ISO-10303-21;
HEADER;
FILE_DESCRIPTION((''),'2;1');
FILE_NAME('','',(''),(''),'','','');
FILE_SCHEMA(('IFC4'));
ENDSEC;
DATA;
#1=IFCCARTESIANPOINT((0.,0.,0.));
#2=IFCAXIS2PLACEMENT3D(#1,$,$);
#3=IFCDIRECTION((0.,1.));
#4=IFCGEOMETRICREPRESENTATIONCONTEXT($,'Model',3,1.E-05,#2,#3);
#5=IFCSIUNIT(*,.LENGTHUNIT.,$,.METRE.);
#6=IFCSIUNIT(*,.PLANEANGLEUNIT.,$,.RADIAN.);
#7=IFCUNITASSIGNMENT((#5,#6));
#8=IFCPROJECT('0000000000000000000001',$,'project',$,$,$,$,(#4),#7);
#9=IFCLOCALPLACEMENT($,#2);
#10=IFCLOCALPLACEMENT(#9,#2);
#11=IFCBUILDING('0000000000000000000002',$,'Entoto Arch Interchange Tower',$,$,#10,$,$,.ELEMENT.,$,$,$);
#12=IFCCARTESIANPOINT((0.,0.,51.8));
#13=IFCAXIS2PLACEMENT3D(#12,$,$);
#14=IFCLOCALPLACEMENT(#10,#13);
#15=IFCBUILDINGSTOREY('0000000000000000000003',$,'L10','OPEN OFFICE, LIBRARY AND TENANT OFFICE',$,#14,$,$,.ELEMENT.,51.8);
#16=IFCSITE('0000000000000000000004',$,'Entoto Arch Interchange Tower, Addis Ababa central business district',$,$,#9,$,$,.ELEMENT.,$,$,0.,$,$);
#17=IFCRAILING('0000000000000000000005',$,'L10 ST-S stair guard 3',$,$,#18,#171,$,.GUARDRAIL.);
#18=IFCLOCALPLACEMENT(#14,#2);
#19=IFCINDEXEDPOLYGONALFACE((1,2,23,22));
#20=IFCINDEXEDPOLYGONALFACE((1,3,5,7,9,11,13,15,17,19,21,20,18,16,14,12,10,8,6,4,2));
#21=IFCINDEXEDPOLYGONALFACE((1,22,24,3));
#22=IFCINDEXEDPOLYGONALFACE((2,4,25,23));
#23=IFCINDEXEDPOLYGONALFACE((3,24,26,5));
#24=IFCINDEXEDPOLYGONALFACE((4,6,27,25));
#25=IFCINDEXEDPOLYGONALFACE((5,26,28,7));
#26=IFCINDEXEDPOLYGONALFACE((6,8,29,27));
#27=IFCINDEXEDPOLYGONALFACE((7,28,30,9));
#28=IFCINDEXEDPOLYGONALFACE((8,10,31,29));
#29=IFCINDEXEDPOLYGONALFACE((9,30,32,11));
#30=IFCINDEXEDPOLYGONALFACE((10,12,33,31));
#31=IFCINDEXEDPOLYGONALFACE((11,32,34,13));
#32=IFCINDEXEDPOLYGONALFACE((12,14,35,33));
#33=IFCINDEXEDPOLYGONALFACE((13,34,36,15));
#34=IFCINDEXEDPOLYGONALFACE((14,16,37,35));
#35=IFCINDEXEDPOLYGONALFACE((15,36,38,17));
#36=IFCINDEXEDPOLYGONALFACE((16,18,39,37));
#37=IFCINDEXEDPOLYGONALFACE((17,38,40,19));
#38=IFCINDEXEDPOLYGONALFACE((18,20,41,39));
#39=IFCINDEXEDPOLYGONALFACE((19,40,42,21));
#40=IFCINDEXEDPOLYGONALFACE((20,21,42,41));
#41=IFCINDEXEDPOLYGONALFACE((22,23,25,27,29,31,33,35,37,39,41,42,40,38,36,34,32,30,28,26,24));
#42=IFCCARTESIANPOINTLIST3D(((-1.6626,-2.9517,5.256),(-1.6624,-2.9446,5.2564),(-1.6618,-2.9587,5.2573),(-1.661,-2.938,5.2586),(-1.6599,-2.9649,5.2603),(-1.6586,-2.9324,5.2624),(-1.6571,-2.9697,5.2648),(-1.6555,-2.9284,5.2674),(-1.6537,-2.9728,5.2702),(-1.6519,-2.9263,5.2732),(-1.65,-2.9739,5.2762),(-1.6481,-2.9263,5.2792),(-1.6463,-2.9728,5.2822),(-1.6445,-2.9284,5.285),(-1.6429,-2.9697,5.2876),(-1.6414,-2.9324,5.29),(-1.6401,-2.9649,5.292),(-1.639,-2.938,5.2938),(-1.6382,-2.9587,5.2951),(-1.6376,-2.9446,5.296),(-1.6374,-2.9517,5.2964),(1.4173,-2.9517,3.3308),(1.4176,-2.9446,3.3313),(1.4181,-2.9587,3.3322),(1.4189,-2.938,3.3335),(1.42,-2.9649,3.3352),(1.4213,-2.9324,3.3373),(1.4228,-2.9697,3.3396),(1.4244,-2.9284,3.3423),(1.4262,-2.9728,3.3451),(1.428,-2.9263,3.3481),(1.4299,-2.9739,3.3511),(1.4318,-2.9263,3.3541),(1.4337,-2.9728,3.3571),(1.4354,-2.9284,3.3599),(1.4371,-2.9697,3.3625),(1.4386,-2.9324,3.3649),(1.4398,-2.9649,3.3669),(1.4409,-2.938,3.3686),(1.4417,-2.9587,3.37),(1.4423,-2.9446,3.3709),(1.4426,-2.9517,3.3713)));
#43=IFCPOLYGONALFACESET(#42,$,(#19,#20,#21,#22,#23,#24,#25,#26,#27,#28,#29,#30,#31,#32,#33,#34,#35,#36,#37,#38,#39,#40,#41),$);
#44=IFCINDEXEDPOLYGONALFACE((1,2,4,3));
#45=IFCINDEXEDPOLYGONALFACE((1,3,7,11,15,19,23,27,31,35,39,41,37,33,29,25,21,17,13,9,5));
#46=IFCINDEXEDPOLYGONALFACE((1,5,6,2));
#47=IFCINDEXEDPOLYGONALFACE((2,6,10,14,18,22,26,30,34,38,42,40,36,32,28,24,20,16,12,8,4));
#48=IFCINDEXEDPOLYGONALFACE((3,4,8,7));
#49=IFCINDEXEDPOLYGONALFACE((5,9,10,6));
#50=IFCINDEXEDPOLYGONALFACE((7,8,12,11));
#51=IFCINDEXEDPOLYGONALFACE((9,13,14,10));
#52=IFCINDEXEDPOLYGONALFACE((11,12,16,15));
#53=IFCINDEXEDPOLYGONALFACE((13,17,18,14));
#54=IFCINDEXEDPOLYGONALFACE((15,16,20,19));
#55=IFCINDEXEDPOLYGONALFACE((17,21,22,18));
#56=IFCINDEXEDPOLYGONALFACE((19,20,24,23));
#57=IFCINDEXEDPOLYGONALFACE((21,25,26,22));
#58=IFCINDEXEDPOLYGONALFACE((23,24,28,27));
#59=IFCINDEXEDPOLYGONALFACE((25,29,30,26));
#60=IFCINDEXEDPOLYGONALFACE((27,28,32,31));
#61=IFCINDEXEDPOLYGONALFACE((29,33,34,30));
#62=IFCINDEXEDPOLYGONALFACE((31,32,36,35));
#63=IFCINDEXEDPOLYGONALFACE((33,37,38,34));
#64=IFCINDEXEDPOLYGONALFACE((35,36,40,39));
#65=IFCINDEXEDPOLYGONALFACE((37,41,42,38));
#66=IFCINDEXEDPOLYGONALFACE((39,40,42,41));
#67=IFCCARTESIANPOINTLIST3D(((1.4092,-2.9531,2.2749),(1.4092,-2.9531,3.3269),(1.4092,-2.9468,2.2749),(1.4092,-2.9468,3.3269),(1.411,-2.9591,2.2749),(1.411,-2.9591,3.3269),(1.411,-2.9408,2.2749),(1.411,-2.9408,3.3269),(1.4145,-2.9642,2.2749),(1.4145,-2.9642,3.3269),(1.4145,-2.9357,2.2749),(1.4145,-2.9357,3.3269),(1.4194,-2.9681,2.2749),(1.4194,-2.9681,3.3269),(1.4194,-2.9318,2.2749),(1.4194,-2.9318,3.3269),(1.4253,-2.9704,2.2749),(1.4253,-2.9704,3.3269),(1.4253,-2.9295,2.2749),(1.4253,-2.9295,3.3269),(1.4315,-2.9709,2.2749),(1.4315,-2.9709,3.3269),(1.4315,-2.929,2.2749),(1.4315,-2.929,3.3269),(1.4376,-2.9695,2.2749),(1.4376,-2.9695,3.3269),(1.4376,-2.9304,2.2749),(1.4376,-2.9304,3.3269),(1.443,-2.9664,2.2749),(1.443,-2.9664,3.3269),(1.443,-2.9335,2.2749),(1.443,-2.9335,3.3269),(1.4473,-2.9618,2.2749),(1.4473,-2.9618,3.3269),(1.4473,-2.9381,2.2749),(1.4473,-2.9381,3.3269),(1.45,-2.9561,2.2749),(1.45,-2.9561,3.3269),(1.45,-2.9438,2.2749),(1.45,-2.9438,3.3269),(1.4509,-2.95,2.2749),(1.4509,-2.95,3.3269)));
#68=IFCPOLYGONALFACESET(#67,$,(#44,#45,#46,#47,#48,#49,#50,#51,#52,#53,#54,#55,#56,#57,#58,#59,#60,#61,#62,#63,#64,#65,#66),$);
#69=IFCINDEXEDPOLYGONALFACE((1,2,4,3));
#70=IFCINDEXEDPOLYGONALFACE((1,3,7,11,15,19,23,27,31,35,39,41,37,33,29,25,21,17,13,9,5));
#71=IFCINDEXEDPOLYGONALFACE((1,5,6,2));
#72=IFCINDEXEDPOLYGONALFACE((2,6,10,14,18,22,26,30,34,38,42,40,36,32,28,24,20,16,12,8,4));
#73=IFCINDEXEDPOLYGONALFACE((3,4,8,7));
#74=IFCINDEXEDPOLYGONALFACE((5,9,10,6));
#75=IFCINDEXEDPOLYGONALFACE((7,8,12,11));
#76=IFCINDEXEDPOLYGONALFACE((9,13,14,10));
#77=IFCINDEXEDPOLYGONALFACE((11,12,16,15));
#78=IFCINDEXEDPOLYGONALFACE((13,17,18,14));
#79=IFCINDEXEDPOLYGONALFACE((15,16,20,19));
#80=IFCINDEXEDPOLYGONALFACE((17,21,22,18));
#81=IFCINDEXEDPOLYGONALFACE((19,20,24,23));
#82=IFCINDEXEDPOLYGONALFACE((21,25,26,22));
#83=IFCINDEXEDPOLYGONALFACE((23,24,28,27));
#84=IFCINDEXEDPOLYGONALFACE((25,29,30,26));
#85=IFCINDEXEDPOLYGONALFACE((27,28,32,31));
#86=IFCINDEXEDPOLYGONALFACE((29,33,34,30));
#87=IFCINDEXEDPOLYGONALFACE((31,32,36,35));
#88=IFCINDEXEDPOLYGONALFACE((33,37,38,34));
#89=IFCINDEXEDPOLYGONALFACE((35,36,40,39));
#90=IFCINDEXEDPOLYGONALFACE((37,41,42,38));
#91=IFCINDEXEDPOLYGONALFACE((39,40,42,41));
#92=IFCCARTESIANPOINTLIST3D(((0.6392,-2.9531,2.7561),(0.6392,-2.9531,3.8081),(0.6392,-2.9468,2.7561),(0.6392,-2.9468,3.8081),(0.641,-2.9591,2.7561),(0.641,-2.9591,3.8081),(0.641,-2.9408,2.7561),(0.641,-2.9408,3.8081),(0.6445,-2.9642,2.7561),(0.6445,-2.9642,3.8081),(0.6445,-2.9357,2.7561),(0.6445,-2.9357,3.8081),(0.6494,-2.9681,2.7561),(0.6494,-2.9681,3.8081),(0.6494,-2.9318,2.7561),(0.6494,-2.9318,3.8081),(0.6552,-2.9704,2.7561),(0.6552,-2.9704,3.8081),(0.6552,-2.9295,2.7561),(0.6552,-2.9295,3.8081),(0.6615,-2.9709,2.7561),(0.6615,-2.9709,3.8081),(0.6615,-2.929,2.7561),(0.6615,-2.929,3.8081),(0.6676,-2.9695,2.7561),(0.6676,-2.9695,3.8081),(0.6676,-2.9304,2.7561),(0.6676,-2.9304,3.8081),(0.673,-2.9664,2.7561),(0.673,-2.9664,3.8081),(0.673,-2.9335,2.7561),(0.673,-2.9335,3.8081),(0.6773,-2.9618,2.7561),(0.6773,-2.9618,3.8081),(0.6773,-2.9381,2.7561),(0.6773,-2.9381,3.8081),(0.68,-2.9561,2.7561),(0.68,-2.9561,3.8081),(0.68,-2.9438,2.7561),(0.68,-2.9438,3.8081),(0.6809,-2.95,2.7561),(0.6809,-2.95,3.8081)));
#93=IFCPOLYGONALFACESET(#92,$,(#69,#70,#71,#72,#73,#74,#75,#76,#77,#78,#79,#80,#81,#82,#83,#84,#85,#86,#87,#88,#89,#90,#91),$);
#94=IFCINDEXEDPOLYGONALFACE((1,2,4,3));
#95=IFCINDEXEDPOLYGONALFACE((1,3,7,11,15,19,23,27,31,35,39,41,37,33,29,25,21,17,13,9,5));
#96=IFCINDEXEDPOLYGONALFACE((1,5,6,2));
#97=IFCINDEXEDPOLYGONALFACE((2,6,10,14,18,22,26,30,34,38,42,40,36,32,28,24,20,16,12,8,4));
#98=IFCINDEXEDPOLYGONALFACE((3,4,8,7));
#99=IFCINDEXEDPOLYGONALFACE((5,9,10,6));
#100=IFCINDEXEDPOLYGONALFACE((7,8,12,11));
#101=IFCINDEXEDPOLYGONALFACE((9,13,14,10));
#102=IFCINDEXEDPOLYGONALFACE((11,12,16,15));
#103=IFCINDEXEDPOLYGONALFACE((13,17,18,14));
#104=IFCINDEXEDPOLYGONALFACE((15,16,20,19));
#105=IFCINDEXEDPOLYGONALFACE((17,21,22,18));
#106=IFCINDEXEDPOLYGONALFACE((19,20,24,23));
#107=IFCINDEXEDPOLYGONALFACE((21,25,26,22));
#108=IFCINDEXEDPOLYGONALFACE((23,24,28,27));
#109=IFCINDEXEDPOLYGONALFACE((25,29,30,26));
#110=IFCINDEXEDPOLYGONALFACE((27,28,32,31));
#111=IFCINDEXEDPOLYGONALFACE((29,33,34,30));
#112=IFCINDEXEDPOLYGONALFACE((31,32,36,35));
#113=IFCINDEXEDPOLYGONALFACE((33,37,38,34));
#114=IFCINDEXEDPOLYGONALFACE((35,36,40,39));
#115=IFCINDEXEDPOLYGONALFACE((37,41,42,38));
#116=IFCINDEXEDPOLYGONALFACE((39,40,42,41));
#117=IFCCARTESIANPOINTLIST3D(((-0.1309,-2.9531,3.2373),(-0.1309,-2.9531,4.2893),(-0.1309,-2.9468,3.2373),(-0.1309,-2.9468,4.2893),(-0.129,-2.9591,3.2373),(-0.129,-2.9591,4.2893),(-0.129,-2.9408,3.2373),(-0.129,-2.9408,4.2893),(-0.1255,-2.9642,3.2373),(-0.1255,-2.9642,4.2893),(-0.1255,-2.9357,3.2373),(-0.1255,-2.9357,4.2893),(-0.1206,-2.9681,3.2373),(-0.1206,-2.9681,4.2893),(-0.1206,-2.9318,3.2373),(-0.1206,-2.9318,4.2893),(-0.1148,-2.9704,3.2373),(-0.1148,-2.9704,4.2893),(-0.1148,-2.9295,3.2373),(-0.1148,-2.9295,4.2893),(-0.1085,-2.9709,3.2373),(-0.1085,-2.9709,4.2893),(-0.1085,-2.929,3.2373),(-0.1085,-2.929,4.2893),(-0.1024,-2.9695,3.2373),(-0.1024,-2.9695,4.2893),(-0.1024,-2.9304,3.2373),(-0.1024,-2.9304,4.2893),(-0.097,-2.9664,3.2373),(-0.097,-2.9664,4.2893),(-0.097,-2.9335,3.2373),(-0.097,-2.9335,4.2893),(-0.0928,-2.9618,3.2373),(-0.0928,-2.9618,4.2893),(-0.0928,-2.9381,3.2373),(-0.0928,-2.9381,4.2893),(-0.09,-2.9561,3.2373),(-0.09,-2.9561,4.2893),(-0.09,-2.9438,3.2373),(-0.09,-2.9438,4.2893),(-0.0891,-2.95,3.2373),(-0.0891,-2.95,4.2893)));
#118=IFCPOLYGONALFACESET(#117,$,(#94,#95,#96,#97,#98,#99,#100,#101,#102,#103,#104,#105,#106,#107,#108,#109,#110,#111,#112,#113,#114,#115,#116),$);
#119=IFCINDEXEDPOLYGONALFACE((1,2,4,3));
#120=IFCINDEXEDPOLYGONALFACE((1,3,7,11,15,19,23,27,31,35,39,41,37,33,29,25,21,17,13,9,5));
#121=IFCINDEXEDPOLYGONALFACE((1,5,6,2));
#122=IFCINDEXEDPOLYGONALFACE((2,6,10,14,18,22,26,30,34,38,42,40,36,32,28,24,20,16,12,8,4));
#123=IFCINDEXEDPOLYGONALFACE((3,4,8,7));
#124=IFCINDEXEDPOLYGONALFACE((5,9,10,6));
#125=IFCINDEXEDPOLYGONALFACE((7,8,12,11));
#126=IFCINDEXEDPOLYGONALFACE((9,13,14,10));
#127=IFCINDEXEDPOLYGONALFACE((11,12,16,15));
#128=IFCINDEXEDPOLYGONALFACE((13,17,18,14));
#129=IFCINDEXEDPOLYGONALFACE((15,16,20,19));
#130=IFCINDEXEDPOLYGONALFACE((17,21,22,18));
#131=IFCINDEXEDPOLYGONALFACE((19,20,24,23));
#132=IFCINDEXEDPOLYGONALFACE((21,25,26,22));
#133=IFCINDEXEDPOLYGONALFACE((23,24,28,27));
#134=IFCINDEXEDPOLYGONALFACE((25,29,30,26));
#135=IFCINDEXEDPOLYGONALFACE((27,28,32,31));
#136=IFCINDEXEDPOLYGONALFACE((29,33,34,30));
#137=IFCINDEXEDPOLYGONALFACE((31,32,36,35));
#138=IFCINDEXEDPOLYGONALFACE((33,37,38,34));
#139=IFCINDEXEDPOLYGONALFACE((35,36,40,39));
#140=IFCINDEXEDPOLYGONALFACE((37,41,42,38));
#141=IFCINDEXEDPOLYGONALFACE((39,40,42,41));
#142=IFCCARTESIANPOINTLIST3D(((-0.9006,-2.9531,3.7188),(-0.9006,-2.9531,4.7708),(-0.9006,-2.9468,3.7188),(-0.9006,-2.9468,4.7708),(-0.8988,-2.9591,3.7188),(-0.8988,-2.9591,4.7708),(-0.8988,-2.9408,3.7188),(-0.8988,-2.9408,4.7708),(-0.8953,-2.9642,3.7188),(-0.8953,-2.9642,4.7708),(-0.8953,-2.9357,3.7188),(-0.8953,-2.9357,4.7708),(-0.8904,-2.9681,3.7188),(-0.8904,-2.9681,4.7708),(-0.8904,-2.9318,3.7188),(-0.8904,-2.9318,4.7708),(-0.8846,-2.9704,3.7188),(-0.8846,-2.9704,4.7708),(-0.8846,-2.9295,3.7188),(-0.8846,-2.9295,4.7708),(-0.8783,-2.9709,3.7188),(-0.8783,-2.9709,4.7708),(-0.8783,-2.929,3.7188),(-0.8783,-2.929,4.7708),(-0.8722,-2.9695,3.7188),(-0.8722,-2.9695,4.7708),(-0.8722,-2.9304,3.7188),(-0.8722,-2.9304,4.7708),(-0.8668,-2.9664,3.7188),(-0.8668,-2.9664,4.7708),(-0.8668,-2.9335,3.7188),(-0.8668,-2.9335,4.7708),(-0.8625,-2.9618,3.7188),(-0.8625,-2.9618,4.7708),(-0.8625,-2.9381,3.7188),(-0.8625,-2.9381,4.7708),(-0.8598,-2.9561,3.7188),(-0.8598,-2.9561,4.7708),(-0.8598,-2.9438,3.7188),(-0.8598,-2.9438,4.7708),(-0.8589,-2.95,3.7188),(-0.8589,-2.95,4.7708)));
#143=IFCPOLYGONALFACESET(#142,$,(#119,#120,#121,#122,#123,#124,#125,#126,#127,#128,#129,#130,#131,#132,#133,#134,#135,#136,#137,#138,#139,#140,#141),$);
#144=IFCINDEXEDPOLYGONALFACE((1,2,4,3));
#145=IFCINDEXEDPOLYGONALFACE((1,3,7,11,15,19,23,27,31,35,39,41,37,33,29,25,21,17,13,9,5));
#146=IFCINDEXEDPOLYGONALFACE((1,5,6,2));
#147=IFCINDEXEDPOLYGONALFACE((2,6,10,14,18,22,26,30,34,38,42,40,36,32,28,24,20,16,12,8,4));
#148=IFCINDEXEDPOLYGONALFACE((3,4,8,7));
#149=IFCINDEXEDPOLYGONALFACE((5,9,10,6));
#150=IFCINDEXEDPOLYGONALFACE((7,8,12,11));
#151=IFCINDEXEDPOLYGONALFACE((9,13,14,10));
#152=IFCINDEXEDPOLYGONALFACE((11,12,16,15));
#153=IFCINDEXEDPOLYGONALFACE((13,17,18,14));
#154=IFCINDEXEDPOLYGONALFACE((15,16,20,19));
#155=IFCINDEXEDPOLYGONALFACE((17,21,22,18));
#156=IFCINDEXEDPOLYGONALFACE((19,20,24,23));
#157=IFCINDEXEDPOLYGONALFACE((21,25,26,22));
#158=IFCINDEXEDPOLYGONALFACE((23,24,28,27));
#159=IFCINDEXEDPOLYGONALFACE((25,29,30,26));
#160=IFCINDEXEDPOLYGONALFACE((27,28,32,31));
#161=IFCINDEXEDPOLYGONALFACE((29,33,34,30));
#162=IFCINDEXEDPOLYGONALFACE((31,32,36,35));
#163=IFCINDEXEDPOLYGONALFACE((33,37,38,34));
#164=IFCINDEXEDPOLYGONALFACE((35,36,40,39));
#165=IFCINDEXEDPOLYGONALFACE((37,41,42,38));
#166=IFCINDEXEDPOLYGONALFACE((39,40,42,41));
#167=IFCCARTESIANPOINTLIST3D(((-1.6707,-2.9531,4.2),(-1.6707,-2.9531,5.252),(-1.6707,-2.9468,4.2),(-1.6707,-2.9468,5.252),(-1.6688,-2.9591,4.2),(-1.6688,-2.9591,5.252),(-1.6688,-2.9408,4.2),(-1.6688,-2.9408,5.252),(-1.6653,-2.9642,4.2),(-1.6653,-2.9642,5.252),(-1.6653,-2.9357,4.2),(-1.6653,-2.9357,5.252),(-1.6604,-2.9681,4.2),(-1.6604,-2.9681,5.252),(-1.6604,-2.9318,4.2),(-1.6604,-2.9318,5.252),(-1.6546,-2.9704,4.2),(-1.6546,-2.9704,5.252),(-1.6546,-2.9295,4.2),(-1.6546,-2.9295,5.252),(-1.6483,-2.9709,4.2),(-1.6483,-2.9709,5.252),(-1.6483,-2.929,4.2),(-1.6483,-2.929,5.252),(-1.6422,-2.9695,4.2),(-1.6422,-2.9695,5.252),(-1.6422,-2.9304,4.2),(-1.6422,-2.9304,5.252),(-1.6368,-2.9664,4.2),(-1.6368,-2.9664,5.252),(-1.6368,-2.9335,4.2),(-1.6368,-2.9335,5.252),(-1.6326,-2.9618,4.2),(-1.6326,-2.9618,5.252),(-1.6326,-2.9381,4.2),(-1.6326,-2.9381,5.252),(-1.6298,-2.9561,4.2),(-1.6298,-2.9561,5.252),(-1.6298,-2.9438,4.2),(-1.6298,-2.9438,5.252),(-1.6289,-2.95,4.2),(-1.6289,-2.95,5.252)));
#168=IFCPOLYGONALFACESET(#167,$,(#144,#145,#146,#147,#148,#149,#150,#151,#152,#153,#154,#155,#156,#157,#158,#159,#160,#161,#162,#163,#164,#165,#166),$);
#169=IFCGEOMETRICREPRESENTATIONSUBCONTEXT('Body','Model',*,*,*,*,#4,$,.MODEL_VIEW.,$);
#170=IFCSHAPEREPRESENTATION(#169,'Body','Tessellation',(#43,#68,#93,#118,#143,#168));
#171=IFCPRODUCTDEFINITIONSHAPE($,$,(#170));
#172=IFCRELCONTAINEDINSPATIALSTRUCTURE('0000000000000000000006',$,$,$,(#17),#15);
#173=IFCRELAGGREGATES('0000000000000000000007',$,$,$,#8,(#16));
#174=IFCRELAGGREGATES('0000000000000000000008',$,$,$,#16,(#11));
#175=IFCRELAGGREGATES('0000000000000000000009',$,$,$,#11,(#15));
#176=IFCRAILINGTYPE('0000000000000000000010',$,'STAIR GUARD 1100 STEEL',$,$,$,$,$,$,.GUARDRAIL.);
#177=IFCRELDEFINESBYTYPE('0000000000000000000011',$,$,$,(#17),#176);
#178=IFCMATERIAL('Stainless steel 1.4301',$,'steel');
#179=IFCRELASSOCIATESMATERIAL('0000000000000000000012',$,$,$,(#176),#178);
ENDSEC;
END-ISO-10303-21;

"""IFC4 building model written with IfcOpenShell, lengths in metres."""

from ifc_helpers import new_model, si_unit, direction, frame, origin, origin_2d, place, context, subcontext, project, spatial, circle, extrude, material, type_object, element, save


model = new_model("IFC4")

# Units and contexts
model_context = context("Model", 3, precision=1e-05, world=origin(), true_north=direction((0.0, 1.0)))
body_context = subcontext(model_context, "Body", "Model", "MODEL_VIEW")
ifc_project = project(units=[si_unit("LENGTHUNIT", "METRE"), si_unit("PLANEANGLEUNIT", "RADIAN")], contexts=[model_context])

# Site, building, storey
site_placement = place(None, origin())
site = spatial("IfcSite", under=ifc_project, at=site_placement, Name="Entoto Arch Interchange Tower, Addis Ababa central business district", CompositionType="ELEMENT", RefElevation=0.0)
building_placement = place(site_placement, origin())
building = spatial("IfcBuilding", under=site, at=building_placement, Name="Entoto Arch Interchange Tower", CompositionType="ELEMENT")
storey_placement = place(building_placement, frame((0.0, 0.0, 51.8)))
storey = spatial("IfcBuildingStorey", under=building, at=storey_placement, Name="L10", Description="OPEN OFFICE, LIBRARY AND TENANT OFFICE", CompositionType="ELEMENT", Elevation=51.8)

# Railing
ifc_material_1 = material(Name="Stainless steel 1.4301", Category="steel")
railing_type_1 = type_object("IfcRailingType", Name="STAIR GUARD 1100 STEEL", PredefinedType="GUARDRAIL", material=ifc_material_1)
railing_1_placement = place(storey_placement, frame((1.4299, -2.95, 2.2749)))
element("IfcRailing", 1, at=railing_1_placement, inside=storey, type_object=railing_type_1, Name="L10 ST-S stair guard 3", PredefinedType="GUARDRAIL", context=body_context, shape_type="SweptSolid", body=[
    extrude(circle(Radius=0.0239, at=origin_2d()), frame((0.0, 0.0, 1.0762), z_axis=(-0.847979, 0.0, 0.530029), x_axis=(0.0, -1.0, 0.0)), (0.0, 0.0, 1.0), 3.6321),
    extrude(circle(Radius=0.021, at=origin_2d()), origin(), (0.0, 0.0, 1.0), 1.052),
    extrude(circle(Radius=0.021, at=origin_2d()), frame((-0.77, 0.0, 0.4812)), (0.0, 0.0, 1.0), 1.052),
    extrude(circle(Radius=0.021, at=origin_2d()), frame((-1.54, 0.0, 0.9624)), (0.0, 0.0, 1.0), 1.052),
    extrude(circle(Radius=0.021, at=origin_2d()), frame((-2.3098, 0.0, 1.4438)), (0.0, 0.0, 1.0), 1.052),
    extrude(circle(Radius=0.021, at=origin_2d()), frame((-3.0798, 0.0, 1.925)), (0.0, 0.0, 1.0), 1.052),
])

save(model, "model.ifc")
